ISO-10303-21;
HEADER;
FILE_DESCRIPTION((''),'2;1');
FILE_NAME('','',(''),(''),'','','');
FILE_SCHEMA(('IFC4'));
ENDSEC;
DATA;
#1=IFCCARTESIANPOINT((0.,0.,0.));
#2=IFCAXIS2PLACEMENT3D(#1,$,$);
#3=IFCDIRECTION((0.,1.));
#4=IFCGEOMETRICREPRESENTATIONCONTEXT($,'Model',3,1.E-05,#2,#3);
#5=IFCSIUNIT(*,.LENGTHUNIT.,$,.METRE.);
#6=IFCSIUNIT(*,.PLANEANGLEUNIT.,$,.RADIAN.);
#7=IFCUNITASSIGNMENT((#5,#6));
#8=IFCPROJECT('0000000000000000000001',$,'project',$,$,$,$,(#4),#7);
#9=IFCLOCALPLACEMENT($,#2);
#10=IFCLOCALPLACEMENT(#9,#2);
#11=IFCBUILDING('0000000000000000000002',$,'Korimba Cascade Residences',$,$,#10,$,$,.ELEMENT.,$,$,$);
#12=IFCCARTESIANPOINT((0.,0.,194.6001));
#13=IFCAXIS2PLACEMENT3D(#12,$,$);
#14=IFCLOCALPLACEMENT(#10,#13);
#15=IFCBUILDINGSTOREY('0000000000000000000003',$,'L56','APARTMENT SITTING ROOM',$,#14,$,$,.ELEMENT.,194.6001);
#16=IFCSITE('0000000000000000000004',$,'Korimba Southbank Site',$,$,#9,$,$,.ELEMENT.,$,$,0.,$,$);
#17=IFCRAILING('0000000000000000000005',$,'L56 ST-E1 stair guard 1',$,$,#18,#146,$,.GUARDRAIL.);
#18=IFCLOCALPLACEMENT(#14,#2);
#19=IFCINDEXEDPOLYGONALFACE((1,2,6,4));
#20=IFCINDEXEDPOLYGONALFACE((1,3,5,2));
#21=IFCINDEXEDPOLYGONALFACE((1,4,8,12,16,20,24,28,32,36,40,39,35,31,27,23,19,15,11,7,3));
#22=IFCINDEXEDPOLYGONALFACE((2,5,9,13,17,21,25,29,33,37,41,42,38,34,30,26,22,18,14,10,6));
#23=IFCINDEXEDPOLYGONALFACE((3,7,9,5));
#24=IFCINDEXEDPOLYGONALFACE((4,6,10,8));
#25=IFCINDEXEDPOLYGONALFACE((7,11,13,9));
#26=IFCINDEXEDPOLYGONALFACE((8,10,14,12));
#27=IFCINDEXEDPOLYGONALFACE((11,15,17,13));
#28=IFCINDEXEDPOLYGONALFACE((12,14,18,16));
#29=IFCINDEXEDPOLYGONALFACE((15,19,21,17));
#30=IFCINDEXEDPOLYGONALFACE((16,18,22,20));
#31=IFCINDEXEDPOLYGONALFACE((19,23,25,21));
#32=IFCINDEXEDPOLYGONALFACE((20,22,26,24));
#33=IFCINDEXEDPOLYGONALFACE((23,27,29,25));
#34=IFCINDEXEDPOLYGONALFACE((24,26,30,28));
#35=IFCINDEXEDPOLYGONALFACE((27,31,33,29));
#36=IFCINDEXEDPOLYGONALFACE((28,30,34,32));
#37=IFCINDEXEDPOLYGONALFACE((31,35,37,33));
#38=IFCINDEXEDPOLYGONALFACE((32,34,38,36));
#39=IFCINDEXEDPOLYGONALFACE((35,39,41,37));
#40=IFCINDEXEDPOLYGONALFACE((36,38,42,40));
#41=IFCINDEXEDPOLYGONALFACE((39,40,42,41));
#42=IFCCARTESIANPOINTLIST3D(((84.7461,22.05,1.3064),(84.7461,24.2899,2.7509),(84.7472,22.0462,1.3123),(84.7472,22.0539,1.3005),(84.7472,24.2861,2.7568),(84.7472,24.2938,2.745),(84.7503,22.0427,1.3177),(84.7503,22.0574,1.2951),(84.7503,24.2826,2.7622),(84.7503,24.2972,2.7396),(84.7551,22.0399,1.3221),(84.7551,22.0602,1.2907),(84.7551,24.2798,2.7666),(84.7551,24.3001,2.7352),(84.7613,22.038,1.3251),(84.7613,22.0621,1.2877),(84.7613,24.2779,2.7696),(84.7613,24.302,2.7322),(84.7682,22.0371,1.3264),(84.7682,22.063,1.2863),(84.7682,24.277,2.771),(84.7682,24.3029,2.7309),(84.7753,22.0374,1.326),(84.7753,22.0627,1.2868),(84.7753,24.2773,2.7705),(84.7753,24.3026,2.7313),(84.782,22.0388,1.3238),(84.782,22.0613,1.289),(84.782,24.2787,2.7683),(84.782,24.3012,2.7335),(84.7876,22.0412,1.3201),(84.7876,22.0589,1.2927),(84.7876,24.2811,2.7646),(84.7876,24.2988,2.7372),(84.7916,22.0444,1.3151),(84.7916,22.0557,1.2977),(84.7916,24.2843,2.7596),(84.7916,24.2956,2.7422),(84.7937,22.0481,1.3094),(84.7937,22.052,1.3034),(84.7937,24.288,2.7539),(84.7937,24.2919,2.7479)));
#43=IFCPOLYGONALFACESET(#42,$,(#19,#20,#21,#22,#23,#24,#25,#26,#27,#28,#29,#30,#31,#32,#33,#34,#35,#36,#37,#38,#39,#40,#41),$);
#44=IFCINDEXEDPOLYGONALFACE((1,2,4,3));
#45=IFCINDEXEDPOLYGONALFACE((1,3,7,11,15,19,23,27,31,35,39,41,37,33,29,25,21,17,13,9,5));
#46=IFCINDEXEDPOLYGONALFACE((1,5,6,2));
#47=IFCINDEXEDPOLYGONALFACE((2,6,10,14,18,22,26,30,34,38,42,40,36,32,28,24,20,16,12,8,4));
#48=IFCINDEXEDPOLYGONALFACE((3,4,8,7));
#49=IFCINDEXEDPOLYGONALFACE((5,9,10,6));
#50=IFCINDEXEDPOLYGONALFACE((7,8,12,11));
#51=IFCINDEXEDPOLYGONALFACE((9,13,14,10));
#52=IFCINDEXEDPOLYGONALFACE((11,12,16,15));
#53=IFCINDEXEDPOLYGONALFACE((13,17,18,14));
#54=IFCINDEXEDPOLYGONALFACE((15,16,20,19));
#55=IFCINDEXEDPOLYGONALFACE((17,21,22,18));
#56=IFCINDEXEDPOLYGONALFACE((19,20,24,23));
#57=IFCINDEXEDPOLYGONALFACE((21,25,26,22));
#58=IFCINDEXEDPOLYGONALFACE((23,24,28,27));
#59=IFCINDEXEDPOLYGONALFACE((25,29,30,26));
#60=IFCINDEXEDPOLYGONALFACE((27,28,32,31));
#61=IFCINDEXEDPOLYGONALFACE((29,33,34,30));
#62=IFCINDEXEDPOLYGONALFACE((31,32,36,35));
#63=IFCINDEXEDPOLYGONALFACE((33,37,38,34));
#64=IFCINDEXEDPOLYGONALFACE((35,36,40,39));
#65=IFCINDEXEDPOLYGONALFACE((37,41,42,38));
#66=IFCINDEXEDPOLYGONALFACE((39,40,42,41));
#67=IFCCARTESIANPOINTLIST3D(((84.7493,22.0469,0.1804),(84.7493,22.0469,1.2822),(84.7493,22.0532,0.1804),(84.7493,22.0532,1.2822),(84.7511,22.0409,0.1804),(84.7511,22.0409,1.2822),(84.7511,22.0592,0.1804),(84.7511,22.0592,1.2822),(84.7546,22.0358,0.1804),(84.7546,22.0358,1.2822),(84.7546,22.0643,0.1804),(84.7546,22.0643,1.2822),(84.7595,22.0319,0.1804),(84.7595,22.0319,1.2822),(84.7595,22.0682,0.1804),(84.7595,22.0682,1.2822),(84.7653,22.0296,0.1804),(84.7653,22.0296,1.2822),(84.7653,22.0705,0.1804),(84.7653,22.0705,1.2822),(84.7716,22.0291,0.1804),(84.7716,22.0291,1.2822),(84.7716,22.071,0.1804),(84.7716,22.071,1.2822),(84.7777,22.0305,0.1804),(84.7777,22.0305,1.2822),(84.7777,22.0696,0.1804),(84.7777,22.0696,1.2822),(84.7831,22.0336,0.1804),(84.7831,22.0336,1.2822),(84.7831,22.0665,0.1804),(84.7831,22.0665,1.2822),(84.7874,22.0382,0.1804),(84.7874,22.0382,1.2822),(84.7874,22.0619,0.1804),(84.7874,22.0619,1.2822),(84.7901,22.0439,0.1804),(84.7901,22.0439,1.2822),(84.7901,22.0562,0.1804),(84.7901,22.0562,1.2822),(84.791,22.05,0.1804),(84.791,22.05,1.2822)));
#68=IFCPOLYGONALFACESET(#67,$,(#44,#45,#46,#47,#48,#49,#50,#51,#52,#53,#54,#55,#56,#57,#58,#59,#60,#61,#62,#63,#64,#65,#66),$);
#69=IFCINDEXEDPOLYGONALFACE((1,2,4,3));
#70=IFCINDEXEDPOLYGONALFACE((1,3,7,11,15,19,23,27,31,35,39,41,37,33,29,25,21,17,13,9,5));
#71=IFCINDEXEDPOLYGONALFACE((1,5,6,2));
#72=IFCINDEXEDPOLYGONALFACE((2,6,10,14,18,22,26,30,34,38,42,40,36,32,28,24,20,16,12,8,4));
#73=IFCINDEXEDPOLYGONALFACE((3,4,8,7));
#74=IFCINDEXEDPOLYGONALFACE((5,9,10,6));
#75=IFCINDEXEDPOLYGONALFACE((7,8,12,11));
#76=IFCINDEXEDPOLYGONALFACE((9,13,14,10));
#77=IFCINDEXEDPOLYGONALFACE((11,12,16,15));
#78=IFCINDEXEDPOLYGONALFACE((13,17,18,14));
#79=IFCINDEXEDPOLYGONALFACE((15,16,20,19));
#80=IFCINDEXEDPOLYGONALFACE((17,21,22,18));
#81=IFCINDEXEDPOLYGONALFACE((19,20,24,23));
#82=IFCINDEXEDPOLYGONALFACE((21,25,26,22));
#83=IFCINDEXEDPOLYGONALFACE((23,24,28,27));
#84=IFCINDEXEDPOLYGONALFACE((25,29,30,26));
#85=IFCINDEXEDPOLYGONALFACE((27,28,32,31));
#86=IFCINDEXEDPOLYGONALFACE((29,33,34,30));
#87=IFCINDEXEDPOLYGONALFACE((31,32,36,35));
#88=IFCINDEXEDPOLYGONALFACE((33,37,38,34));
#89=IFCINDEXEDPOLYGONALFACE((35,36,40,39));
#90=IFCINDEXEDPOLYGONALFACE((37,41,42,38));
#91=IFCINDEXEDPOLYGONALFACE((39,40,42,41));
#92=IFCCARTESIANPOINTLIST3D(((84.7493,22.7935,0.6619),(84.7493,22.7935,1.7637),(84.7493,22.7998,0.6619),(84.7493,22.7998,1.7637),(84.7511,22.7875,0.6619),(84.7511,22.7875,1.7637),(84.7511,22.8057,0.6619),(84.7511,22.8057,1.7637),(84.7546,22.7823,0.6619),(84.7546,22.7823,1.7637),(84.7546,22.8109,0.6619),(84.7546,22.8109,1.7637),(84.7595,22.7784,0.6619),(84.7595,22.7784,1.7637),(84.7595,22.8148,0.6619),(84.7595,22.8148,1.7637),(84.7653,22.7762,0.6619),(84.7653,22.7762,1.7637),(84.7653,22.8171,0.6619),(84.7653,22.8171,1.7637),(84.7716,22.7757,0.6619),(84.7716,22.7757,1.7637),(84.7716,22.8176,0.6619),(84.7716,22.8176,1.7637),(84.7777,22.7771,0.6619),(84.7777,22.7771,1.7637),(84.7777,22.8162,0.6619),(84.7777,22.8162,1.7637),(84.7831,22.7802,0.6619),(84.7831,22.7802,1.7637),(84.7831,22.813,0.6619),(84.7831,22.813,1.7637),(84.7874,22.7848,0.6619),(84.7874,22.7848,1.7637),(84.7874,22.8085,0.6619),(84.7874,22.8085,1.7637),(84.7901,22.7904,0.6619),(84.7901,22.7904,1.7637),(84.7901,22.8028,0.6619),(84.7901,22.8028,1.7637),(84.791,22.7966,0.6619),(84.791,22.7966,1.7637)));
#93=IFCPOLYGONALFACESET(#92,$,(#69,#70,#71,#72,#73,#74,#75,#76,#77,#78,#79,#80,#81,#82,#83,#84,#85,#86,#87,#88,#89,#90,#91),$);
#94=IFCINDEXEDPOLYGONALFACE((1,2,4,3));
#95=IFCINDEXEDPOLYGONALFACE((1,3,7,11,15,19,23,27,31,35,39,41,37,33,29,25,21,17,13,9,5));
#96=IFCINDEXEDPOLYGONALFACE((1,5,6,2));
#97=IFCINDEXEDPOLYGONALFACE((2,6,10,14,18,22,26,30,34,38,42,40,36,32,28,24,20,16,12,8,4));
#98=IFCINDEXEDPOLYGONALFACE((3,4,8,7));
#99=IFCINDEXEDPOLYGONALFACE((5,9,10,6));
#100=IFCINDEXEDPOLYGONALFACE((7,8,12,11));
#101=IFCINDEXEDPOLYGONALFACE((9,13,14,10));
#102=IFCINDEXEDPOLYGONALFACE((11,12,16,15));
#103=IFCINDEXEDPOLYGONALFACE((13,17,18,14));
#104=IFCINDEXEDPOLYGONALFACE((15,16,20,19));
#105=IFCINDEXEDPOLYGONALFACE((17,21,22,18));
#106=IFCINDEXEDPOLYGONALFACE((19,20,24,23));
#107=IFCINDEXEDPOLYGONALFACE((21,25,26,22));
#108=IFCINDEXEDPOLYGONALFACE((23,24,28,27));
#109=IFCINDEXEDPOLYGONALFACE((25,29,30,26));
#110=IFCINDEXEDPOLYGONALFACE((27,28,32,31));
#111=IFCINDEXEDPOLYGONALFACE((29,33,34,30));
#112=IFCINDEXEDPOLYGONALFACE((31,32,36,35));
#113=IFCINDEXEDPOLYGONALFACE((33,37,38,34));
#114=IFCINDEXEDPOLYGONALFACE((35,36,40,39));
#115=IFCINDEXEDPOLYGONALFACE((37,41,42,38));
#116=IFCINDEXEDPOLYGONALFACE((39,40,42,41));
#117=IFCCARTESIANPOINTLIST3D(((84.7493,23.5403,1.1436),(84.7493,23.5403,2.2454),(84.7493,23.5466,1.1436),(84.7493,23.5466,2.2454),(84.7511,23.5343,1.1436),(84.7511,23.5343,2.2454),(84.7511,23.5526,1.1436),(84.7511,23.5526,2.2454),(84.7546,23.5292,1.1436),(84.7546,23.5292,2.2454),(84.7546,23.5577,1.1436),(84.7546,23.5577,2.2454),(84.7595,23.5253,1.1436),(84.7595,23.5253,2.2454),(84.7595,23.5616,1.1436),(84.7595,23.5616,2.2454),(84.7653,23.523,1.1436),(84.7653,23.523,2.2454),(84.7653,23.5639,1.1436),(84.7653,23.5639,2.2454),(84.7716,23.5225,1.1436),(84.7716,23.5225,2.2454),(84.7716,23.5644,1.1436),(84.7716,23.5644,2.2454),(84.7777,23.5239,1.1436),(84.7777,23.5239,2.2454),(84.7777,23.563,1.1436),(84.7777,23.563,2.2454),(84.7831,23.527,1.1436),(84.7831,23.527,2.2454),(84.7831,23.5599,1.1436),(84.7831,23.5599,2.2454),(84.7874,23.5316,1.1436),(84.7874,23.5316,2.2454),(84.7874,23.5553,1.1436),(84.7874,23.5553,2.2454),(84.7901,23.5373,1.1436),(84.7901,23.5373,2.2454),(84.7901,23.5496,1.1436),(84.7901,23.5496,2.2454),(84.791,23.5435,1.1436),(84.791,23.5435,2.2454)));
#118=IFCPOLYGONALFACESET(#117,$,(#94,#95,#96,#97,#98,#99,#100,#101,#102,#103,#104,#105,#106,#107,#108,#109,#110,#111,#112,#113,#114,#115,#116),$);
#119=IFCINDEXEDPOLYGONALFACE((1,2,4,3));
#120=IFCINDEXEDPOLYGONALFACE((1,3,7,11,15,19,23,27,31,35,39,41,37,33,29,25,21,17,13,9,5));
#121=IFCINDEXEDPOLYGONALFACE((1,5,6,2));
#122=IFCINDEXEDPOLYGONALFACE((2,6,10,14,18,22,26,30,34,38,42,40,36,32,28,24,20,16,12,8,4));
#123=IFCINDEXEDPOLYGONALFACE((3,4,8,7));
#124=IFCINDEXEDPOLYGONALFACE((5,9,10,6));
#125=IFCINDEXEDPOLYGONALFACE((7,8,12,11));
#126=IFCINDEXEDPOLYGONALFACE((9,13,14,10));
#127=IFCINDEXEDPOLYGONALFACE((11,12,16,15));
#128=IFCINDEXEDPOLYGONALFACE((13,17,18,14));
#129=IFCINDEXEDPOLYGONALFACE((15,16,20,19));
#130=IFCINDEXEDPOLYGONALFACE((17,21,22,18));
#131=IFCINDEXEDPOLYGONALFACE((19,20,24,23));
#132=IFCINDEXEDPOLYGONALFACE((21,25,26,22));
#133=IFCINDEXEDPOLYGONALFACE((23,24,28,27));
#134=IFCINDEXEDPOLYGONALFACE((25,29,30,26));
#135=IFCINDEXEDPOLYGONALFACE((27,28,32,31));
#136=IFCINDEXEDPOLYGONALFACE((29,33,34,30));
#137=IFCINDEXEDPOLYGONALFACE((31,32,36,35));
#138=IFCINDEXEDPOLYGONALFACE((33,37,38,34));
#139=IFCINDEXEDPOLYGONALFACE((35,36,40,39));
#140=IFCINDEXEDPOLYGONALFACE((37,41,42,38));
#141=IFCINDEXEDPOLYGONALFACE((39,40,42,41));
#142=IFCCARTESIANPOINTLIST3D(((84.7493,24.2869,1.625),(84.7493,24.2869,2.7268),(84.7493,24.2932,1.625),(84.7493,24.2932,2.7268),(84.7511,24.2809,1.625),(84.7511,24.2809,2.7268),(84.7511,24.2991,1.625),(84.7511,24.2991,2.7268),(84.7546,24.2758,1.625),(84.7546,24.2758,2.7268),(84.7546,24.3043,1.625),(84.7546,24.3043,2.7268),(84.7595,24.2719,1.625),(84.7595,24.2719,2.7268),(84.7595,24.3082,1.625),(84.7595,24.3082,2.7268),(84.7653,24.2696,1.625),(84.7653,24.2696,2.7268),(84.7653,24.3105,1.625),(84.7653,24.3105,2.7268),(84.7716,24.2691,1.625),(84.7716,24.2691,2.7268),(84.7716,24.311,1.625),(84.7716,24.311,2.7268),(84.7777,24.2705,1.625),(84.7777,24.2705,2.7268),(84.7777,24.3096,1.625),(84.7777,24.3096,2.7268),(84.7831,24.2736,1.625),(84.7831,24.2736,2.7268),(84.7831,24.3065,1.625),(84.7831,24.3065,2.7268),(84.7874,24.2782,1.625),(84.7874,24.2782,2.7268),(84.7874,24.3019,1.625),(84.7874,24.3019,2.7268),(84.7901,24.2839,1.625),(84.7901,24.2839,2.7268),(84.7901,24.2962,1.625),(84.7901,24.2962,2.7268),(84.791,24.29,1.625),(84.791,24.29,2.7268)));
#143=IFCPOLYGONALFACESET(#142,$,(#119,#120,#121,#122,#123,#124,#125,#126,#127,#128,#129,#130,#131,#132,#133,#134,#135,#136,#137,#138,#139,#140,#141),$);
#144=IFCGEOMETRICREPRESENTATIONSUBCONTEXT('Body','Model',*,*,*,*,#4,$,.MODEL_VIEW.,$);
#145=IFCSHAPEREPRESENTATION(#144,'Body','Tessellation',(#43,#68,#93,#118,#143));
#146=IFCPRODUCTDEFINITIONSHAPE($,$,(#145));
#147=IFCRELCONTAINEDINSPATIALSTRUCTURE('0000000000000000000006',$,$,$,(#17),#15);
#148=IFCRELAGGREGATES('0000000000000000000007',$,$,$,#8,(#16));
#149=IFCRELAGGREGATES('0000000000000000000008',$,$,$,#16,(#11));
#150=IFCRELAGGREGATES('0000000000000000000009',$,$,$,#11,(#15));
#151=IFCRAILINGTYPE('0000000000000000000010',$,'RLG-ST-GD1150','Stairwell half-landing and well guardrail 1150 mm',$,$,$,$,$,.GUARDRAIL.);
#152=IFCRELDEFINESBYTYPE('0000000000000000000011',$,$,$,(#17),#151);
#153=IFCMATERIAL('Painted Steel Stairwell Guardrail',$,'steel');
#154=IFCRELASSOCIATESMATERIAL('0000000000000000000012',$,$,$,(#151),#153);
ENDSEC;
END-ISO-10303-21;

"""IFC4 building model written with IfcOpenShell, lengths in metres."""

from ifc_helpers import new_model, si_unit, direction, frame, origin, origin_2d, place, context, subcontext, project, spatial, circle, extrude, material, type_object, element, save


model = new_model("IFC4")

# Units and contexts
model_context = context("Model", 3, precision=1e-05, world=origin(), true_north=direction((0.0, 1.0)))
body_context = subcontext(model_context, "Body", "Model", "MODEL_VIEW")
ifc_project = project(units=[si_unit("LENGTHUNIT", "METRE"), si_unit("PLANEANGLEUNIT", "RADIAN")], contexts=[model_context])

# Site, building, storey
site_placement = place(None, origin())
site = spatial("IfcSite", under=ifc_project, at=site_placement, Name="Korimba Southbank Site", CompositionType="ELEMENT", RefElevation=0.0)
building_placement = place(site_placement, origin())
building = spatial("IfcBuilding", under=site, at=building_placement, Name="Korimba Cascade Residences", CompositionType="ELEMENT")
storey_placement = place(building_placement, frame((0.0, 0.0, 194.6001)))
storey = spatial("IfcBuildingStorey", under=building, at=storey_placement, Name="L56", Description="APARTMENT SITTING ROOM", CompositionType="ELEMENT", Elevation=194.6001)

# Railing
ifc_material_1 = material(Name="Painted Steel Stairwell Guardrail", Category="steel")
railing_type_1 = type_object("IfcRailingType", Name="RLG-ST-GD1150", Description="Stairwell half-landing and well guardrail 1150 mm", PredefinedType="GUARDRAIL", material=ifc_material_1)
railing_1_placement = place(storey_placement, frame((84.77, 22.05, 0.1804)))
element("IfcRailing", 1, at=railing_1_placement, inside=storey, type_object=railing_type_1, Name="L56 ST-E1 stair guard 1", PredefinedType="GUARDRAIL", context=body_context, shape_type="SweptSolid", body=[
    extrude(circle(Radius=0.0239, at=origin_2d()), frame((0.0, 0.0, 1.126), z_axis=(0.0, 0.840395, 0.541975), x_axis=(-1.0, 0.0, 0.0)), (0.0, 0.0, 1.0), 2.6653),
    extrude(circle(Radius=0.021, at=origin_2d()), origin(), (0.0, 0.0, 1.0), 1.1018),
    extrude(circle(Radius=0.021, at=origin_2d()), frame((0.0, 0.7466, 0.4814)), (0.0, 0.0, 1.0), 1.1018),
    extrude(circle(Radius=0.021, at=origin_2d()), frame((0.0, 1.4934, 0.9631)), (0.0, 0.0, 1.0), 1.1018),
    extrude(circle(Radius=0.021, at=origin_2d()), frame((0.0, 2.24, 1.4446)), (0.0, 0.0, 1.0), 1.1018),
])

save(model, "model.ifc")
